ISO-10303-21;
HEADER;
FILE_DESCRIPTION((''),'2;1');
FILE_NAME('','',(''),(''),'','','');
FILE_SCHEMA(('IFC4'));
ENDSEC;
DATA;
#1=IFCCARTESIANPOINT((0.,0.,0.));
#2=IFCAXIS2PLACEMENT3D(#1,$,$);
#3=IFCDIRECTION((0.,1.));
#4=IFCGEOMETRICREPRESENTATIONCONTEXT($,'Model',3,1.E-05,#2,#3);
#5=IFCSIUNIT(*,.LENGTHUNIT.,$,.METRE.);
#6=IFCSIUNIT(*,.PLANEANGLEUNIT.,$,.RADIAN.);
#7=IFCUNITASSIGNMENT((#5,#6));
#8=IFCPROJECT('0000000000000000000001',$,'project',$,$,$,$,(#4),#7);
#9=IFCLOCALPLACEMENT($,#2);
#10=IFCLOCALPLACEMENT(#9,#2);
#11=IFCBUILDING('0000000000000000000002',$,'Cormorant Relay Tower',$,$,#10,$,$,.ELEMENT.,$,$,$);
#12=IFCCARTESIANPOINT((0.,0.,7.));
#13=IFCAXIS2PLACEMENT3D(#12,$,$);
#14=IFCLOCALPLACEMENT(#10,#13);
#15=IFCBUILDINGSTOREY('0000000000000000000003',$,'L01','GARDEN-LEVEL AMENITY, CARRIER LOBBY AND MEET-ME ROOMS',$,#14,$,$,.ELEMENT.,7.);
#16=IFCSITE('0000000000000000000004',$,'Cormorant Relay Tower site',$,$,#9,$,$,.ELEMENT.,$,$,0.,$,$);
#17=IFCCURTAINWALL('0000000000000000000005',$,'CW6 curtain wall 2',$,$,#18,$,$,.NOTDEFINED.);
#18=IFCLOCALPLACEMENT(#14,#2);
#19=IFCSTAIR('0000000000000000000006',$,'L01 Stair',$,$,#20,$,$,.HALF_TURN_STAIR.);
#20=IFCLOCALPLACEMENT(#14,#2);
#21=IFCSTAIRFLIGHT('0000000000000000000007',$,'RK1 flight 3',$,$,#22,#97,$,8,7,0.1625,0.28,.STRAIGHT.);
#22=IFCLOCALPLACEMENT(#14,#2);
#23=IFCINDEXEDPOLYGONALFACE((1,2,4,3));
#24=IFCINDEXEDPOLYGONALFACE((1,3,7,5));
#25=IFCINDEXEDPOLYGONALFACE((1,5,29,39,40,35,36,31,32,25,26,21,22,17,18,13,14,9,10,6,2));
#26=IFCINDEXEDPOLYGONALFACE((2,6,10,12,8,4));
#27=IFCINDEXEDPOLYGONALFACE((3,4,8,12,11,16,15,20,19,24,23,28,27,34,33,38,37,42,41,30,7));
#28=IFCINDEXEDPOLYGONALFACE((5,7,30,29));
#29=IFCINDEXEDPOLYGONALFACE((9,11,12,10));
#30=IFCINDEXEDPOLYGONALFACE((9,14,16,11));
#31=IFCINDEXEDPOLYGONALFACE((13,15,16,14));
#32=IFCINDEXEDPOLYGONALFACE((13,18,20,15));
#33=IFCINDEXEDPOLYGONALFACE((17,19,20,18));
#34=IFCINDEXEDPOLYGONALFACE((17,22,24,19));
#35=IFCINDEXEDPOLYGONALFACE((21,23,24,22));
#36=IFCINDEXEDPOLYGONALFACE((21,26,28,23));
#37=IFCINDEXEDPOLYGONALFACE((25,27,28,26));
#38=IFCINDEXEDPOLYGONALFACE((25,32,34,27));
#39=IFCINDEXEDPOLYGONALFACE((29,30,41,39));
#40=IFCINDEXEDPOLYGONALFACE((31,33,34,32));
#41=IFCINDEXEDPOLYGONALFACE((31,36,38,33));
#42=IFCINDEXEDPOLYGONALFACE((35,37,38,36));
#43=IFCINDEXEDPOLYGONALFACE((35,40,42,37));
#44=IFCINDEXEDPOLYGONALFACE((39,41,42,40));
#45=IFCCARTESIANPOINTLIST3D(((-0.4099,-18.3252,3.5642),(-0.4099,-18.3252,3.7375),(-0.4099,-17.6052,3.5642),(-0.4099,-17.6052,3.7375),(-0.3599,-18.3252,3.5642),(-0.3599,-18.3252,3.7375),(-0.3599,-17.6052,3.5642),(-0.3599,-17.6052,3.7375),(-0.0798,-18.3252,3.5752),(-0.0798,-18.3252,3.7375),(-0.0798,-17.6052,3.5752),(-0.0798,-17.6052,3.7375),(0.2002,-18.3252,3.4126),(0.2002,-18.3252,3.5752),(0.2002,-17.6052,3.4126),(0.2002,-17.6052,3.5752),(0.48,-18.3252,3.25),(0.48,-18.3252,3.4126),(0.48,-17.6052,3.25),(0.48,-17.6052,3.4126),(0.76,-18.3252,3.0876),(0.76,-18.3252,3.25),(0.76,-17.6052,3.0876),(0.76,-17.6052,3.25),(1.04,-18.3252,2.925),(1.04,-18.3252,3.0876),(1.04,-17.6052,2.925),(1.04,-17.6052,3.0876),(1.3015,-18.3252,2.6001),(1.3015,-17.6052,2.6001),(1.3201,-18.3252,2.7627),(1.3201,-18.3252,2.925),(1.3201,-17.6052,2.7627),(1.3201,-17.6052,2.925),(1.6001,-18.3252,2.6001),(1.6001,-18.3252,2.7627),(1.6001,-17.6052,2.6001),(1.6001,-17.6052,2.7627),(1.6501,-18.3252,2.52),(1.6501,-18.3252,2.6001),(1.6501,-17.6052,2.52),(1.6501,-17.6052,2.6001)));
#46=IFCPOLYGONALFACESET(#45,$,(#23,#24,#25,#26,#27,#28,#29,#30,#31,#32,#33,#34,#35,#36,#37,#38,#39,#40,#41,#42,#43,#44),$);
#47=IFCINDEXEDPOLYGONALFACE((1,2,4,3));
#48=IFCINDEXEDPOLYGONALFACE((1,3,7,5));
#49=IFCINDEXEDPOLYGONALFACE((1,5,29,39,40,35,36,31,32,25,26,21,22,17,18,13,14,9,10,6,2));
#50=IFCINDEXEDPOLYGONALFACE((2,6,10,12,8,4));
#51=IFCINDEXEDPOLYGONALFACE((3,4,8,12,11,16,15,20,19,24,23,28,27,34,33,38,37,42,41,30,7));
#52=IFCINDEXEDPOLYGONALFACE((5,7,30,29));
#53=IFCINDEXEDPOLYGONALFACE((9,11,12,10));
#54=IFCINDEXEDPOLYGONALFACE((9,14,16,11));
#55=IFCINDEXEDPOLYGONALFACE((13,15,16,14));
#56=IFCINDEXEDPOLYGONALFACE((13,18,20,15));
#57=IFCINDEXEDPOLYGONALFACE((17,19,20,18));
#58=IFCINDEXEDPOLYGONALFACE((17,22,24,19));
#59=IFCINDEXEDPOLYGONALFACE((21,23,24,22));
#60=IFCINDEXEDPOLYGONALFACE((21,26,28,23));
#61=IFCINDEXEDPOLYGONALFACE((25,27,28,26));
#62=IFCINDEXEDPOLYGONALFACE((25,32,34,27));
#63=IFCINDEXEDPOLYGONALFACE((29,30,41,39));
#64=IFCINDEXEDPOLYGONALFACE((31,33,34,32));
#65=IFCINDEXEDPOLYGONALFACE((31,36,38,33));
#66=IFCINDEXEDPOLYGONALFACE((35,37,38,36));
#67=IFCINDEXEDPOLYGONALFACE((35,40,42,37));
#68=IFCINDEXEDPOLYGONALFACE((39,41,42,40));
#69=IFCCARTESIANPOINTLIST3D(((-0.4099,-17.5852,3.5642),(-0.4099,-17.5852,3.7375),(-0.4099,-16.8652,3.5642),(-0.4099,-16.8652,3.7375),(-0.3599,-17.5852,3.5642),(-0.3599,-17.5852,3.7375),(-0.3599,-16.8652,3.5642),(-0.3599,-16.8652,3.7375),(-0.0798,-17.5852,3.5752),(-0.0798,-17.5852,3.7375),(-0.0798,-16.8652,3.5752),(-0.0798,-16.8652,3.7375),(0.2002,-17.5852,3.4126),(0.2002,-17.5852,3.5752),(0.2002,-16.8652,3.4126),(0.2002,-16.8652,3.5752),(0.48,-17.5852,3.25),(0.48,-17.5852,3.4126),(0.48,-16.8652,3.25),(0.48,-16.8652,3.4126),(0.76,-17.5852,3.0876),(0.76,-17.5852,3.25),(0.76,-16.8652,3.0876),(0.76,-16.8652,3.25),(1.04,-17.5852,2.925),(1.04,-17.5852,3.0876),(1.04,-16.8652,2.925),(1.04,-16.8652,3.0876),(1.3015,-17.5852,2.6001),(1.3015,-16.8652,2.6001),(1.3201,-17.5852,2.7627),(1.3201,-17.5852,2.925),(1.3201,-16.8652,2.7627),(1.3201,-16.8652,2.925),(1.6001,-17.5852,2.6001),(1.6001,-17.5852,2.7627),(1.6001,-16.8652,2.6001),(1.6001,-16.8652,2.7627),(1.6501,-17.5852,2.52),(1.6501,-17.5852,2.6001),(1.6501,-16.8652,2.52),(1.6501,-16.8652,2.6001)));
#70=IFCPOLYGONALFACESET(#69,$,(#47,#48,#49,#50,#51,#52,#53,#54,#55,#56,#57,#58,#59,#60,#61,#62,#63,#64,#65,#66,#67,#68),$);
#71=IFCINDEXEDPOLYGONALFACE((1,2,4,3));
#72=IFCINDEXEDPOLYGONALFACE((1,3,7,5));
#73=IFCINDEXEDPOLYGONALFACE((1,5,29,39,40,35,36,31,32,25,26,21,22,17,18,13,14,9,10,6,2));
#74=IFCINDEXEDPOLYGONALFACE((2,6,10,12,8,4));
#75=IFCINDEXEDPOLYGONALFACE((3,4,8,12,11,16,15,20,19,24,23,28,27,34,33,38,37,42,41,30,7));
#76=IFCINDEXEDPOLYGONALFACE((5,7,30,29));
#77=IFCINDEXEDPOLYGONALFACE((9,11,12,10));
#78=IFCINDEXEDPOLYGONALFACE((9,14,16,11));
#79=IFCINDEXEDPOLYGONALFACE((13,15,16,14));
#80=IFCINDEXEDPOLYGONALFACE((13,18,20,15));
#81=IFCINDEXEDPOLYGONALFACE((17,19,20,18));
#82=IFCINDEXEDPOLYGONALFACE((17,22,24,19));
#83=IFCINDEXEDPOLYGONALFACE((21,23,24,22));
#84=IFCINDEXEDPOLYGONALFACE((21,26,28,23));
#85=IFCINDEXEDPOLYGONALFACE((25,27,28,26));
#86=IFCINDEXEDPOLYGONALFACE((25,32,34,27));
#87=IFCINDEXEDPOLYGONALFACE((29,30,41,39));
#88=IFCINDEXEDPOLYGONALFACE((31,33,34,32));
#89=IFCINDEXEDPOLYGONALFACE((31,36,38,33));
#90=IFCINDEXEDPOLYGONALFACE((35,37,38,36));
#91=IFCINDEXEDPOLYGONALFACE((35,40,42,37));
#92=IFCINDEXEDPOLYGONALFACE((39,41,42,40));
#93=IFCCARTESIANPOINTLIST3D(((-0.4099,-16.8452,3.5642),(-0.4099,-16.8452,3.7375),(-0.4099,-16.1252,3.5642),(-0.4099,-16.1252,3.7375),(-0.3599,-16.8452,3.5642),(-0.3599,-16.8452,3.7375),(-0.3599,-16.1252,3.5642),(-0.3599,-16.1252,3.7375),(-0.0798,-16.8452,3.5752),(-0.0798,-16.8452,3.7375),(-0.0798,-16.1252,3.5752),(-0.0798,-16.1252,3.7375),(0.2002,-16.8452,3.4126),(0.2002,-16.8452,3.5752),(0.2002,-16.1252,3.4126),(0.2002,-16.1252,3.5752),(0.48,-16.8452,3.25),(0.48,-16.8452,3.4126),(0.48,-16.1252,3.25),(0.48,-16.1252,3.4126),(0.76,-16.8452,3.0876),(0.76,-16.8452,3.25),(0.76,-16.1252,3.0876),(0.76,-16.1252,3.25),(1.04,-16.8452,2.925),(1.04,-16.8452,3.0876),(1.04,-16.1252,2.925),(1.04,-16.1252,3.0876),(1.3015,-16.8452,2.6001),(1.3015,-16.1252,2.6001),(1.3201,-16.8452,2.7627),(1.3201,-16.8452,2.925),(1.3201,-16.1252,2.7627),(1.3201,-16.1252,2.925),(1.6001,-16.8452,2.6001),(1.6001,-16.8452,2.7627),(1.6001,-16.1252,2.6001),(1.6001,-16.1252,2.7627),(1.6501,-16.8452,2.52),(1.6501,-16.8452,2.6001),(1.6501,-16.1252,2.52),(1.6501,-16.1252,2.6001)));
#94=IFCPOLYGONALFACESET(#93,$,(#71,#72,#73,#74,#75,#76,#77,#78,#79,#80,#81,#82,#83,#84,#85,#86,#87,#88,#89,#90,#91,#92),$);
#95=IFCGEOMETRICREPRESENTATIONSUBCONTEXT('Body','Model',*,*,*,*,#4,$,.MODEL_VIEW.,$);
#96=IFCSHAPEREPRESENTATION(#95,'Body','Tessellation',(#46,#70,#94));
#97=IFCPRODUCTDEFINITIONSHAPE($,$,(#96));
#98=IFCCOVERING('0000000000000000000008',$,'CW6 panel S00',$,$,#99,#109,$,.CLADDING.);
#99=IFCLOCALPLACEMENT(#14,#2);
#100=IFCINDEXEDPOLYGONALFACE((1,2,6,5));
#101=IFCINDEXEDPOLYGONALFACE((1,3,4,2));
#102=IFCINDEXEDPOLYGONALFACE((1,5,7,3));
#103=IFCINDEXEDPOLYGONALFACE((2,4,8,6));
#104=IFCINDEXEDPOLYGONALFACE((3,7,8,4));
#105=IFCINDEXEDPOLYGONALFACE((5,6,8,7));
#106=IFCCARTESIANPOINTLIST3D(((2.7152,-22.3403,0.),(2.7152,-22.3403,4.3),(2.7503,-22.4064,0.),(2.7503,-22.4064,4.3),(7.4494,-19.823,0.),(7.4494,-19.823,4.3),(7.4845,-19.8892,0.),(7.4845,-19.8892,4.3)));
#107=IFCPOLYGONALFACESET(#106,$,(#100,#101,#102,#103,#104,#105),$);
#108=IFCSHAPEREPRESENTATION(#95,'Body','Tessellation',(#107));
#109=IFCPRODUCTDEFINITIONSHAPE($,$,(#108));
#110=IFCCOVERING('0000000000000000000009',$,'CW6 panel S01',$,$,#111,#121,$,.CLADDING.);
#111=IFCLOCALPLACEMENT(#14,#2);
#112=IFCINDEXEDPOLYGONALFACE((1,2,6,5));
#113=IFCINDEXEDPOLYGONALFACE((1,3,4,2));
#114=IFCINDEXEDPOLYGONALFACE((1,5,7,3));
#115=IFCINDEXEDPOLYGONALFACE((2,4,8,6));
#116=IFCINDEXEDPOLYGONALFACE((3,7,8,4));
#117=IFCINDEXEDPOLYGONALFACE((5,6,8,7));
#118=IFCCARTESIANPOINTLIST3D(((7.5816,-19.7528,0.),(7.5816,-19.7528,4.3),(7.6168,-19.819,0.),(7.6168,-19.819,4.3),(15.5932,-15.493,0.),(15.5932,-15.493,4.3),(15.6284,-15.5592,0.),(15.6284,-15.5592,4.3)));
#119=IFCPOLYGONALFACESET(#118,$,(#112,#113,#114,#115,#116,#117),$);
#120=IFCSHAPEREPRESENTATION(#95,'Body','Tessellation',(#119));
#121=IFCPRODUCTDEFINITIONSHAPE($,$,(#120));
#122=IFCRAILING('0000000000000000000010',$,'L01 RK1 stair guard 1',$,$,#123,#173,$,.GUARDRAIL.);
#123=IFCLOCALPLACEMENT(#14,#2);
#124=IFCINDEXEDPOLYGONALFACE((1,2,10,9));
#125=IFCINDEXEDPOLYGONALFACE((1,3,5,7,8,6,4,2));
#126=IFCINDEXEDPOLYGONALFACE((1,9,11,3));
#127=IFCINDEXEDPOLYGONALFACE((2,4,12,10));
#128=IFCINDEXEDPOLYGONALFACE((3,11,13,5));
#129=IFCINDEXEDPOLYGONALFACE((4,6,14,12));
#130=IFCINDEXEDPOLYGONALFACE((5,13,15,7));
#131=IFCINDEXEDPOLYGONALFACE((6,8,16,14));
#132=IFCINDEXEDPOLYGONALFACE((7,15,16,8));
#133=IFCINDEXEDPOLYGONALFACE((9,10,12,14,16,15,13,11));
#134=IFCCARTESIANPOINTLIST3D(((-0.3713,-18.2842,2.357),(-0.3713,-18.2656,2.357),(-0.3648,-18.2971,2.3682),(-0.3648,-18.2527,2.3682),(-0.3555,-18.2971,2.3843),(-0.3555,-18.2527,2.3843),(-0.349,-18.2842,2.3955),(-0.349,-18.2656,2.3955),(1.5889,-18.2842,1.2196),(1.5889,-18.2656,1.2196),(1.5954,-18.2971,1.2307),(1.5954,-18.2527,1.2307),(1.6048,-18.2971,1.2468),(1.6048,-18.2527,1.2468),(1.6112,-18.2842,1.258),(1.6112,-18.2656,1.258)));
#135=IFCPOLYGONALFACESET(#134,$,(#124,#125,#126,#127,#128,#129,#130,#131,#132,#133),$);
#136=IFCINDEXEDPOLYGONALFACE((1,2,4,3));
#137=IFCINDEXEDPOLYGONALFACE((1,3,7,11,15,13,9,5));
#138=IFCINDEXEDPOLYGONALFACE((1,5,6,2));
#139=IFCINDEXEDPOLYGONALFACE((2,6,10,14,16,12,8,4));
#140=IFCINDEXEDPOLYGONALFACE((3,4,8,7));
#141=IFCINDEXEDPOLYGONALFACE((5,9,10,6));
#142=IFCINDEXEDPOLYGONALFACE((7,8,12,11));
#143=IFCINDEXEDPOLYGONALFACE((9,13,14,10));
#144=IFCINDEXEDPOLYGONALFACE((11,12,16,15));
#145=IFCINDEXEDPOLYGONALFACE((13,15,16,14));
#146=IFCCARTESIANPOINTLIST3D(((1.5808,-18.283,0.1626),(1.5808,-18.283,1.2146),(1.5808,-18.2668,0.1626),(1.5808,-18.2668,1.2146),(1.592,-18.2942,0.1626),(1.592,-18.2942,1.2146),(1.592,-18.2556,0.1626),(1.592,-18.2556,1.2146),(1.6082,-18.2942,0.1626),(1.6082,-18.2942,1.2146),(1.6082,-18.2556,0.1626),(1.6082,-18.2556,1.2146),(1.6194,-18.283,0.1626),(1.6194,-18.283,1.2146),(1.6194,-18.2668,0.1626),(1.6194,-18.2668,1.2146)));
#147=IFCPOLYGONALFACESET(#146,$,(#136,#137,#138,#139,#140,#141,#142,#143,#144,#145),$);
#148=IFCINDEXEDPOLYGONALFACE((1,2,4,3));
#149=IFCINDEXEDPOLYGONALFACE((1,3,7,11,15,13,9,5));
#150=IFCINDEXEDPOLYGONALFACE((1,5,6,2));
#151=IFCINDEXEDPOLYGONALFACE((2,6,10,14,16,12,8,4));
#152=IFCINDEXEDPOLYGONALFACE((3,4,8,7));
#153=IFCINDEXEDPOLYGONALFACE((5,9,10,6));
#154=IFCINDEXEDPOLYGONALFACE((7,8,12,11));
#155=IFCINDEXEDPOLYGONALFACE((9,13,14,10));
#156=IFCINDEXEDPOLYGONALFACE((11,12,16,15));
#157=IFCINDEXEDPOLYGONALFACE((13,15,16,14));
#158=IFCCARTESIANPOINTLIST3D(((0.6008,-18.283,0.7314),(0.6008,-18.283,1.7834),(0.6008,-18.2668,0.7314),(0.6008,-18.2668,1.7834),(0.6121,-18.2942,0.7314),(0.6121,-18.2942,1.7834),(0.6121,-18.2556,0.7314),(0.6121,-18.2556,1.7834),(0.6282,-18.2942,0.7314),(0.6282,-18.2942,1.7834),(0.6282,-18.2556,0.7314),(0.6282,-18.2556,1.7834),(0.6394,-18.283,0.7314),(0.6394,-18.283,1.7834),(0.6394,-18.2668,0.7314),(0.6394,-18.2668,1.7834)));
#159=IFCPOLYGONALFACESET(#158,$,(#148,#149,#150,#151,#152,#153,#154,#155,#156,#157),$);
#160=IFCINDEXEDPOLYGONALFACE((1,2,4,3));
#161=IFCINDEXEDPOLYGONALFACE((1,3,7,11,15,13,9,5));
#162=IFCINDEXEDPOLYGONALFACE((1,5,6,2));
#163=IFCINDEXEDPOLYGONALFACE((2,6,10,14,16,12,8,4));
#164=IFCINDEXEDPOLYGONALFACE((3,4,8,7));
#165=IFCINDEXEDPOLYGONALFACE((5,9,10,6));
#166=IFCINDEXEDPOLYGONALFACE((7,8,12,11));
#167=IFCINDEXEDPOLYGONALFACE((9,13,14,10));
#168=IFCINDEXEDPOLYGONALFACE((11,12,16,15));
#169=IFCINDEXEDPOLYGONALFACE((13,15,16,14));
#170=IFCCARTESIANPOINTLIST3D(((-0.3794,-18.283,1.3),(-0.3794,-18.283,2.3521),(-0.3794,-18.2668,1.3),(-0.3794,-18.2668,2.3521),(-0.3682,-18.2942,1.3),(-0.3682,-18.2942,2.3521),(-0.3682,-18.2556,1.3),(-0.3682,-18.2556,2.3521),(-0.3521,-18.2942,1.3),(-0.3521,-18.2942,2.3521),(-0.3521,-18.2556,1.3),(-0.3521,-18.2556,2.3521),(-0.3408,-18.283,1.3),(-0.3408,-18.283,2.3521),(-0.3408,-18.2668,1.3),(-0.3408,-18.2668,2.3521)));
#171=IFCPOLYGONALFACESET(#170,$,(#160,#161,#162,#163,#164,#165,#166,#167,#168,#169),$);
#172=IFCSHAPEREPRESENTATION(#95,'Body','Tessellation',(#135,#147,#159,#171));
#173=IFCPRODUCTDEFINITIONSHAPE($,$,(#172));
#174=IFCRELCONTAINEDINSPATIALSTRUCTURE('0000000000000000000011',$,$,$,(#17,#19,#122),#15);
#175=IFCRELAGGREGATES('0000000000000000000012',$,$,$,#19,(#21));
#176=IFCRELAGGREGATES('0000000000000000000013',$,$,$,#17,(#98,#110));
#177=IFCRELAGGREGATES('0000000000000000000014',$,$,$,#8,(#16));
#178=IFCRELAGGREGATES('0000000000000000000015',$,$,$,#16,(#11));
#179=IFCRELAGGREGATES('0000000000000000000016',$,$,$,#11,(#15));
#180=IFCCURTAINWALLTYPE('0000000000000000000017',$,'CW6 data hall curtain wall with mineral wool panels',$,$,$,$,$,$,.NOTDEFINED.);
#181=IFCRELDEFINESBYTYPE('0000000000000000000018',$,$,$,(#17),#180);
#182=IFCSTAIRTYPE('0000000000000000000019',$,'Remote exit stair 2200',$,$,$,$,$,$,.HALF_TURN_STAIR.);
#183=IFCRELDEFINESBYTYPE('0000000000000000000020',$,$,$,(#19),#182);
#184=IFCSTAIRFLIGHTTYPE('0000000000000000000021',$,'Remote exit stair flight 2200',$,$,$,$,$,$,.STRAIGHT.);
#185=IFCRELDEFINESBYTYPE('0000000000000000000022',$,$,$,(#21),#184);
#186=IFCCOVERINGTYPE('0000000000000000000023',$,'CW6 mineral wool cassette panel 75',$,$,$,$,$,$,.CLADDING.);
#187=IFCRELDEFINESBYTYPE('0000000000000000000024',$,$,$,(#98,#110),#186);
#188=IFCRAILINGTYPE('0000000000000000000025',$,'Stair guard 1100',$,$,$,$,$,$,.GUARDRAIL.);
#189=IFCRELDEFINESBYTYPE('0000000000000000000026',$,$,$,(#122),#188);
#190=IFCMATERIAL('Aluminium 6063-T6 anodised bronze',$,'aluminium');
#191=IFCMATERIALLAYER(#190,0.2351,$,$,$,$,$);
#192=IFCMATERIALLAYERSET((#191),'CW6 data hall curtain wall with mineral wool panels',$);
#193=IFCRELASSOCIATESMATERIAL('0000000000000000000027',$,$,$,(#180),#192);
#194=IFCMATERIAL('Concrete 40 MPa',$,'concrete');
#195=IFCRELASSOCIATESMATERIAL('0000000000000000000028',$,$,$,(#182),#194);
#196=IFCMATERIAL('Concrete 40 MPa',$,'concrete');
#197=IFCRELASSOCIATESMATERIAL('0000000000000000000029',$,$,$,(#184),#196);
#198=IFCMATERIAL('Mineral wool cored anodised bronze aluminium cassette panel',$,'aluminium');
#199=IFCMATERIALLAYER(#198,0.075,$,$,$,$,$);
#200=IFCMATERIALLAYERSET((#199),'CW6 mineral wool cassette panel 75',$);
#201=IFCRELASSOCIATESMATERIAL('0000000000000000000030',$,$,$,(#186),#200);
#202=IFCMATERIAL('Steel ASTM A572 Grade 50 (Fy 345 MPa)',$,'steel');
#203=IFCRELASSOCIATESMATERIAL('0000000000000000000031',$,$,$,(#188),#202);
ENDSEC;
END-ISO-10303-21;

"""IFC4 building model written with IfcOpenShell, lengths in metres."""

from ifc_helpers import new_model, si_unit, direction, frame, origin, origin_2d, place, context, subcontext, project, spatial, polyline, rectangle, outline, extrude, material, layer, layer_set, type_object, element, aggregate, save


model = new_model("IFC4")

# Units and contexts
model_context = context("Model", 3, precision=1e-05, world=origin(), true_north=direction((0.0, 1.0)))
body_context = subcontext(model_context, "Body", "Model", "MODEL_VIEW")
ifc_project = project(units=[si_unit("LENGTHUNIT", "METRE"), si_unit("PLANEANGLEUNIT", "RADIAN")], contexts=[model_context])

# Site, building, storey
site_placement = place(None, origin())
site = spatial("IfcSite", under=ifc_project, at=site_placement, Name="Cormorant Relay Tower site", CompositionType="ELEMENT", RefElevation=0.0)
building_placement = place(site_placement, origin())
building = spatial("IfcBuilding", under=site, at=building_placement, Name="Cormorant Relay Tower", CompositionType="ELEMENT")
storey_placement = place(building_placement, frame((0.0, 0.0, 7.0)))
storey = spatial("IfcBuildingStorey", under=building, at=storey_placement, Name="L01", Description="GARDEN-LEVEL AMENITY, CARRIER LOBBY AND MEET-ME ROOMS", CompositionType="ELEMENT", Elevation=7.0)

# Curtain wall
ifc_material_1 = material(Name="Aluminium 6063-T6 anodised bronze", Category="aluminium")
ifc_layer_1 = layer(ifc_material_1, 0.2351)
ifc_layer_set_1 = layer_set([ifc_layer_1], Name="CW6 data hall curtain wall with mineral wool panels")
curtain_wall_type = type_object("IfcCurtainWallType", Name="CW6 data hall curtain wall with mineral wool panels", PredefinedType="NOTDEFINED", material=ifc_layer_set_1)
curtain_wall_1_placement = place(storey_placement, origin())
curtain_wall_1 = element("IfcCurtainWall", 1, at=curtain_wall_1_placement, inside=storey, type_object=curtain_wall_type, Name="CW6 curtain wall 2", PredefinedType="NOTDEFINED")

# Stair, stair flight
ifc_material_2 = material(Name="Concrete 40 MPa", Category="concrete")
stair_type = type_object("IfcStairType", Name="Remote exit stair 2200", PredefinedType="HALF_TURN_STAIR", material=ifc_material_2)
stair_placement = place(storey_placement, origin())
stair = element("IfcStair", 2, at=stair_placement, inside=storey, type_object=stair_type, Name="L01 Stair", PredefinedType="HALF_TURN_STAIR")
ifc_material_3 = material(Name="Concrete 40 MPa", Category="concrete")
stair_flight_type = type_object("IfcStairFlightType", Name="Remote exit stair flight 2200", PredefinedType="STRAIGHT", material=ifc_material_3)
stair_flight_1_placement = place(storey_placement, frame((1.6001, -17.2251, 2.6001), z_axis=(0.0, 0.0, 1.0), x_axis=(-1.0, 0.0, 0.0)))
stair_flight_1 = element("IfcStairFlight", 3, at=stair_flight_1_placement, type_object=stair_flight_type, Name="RK1 flight 3", NumberOfRisers=8, NumberOfTreads=7, PredefinedType="STRAIGHT", RiserHeight=0.1625, TreadLength=0.28, context=body_context, shape_type="SweptSolid", body=[
    extrude(outline(polyline([(-0.05, -0.0801), (-0.05, 0.0), (0.0, 0.0), (0.0, 0.1626), (0.28, 0.1626), (0.28, 0.325), (0.5601, 0.325), (0.5601, 0.4875), (0.8401, 0.4875), (0.8401, 0.6499), (1.1201, 0.6499), (1.1201, 0.8125), (1.3999, 0.8125), (1.3999, 0.9751), (1.6799, 0.9751), (1.6799, 1.1375), (1.96, 1.1375), (2.01, 1.1375), (2.01, 0.9641), (1.96, 0.9641), (0.2986, 0.0), (-0.05, -0.0801)])), frame((0.0, 1.1001, 0.0), z_axis=(0.0, -1.0, 0.0), x_axis=(1.0, 0.0, 0.0)), (0.0, 0.0, 1.0), 0.72),
    extrude(outline(polyline([(-0.05, -0.0801), (-0.05, 0.0), (0.0, 0.0), (0.0, 0.1626), (0.28, 0.1626), (0.28, 0.325), (0.5601, 0.325), (0.5601, 0.4875), (0.8401, 0.4875), (0.8401, 0.6499), (1.1201, 0.6499), (1.1201, 0.8125), (1.3999, 0.8125), (1.3999, 0.9751), (1.6799, 0.9751), (1.6799, 1.1375), (1.96, 1.1375), (2.01, 1.1375), (2.01, 0.9641), (1.96, 0.9641), (0.2986, 0.0), (-0.05, -0.0801)])), frame((0.0, 0.3601, 0.0), z_axis=(0.0, -1.0, 0.0), x_axis=(1.0, 0.0, 0.0)), (0.0, 0.0, 1.0), 0.72),
    extrude(outline(polyline([(-0.05, -0.0801), (-0.05, 0.0), (0.0, 0.0), (0.0, 0.1626), (0.28, 0.1626), (0.28, 0.325), (0.5601, 0.325), (0.5601, 0.4875), (0.8401, 0.4875), (0.8401, 0.6499), (1.1201, 0.6499), (1.1201, 0.8125), (1.3999, 0.8125), (1.3999, 0.9751), (1.6799, 0.9751), (1.6799, 1.1375), (1.96, 1.1375), (2.01, 1.1375), (2.01, 0.9641), (1.96, 0.9641), (0.2986, 0.0), (-0.05, -0.0801)])), frame((0.0, -0.3799, 0.0), z_axis=(0.0, -1.0, 0.0), x_axis=(1.0, 0.0, 0.0)), (0.0, 0.0, 1.0), 0.72),
])
aggregate(stair, [stair_flight_1])

# Coverings
ifc_material_4 = material(Name="Mineral wool cored anodised bronze aluminium cassette panel", Category="aluminium")
ifc_layer_2 = layer(ifc_material_4, 0.075)
ifc_layer_set_2 = layer_set([ifc_layer_2], Name="CW6 mineral wool cassette panel 75")
covering_type = type_object("IfcCoveringType", Name="CW6 mineral wool cassette panel 75", PredefinedType="CLADDING", material=ifc_layer_set_2)
covering_1_placement = place(storey_placement, frame((5.0999, -21.1147, 0.0), z_axis=(0.0, 0.0, 1.0), x_axis=(0.882948, 0.469472, 0.0)))
covering_1 = element("IfcCovering", 4, at=covering_1_placement, type_object=covering_type, Name="CW6 panel S00", PredefinedType="CLADDING", context=body_context, shape_type="SweptSolid", body=[
    extrude(rectangle(XDim=5.3618, YDim=0.075, at=origin_2d()), origin(), (0.0, 0.0, 1.0), 4.3),
])
covering_2_placement = place(storey_placement, frame((11.605, -17.656, 0.0), z_axis=(0.0, 0.0, 1.0), x_axis=(0.882948, 0.469472, 0.0)))
covering_2 = element("IfcCovering", 5, at=covering_2_placement, type_object=covering_type, Name="CW6 panel S01", PredefinedType="CLADDING", context=body_context, shape_type="SweptSolid", body=[
    extrude(rectangle(XDim=9.0737, YDim=0.075, at=origin_2d()), origin(), (0.0, 0.0, 1.0), 4.3),
])
aggregate(curtain_wall_1, [covering_1, covering_2])

# Railing
ifc_material_5 = material(Name="Steel ASTM A572 Grade 50 (Fy 345 MPa)", Category="steel")
railing_type_1 = type_object("IfcRailingType", Name="Stair guard 1100", PredefinedType="GUARDRAIL", material=ifc_material_5)
railing_1_placement = place(storey_placement, frame((1.6001, -18.2749, 0.1626)))
element("IfcRailing", 6, at=railing_1_placement, inside=storey, type_object=railing_type_1, Name="L01 RK1 stair guard 1", PredefinedType="GUARDRAIL", context=body_context, shape_type="SweptSolid", body=[
    extrude(outline(polyline([(0.0222, 0.0093), (0.0093, 0.0222), (-0.0093, 0.0222), (-0.0222, 0.0093), (-0.0222, -0.0093), (-0.0093, -0.0222), (0.0093, -0.0222), (0.0222, -0.0093), (0.0222, 0.0093)])), frame((0.0, 0.0, 1.0762), z_axis=(-0.864929, 0.0, 0.501894), x_axis=(0.0, -1.0, 0.0)), (0.0, 0.0, 1.0), 2.2664),
    extrude(outline(polyline([(0.0193, 0.0081), (0.0081, 0.0193), (-0.0081, 0.0193), (-0.0193, 0.0081), (-0.0193, -0.0081), (-0.0081, -0.0193), (0.0081, -0.0193), (0.0193, -0.0081), (0.0193, 0.0081)])), origin(), (0.0, 0.0, 1.0), 1.052),
    extrude(outline(polyline([(0.0193, 0.0081), (0.0081, 0.0193), (-0.0081, 0.0193), (-0.0193, 0.0081), (-0.0193, -0.0081), (-0.0081, -0.0193), (0.0081, -0.0193), (0.0193, -0.0081), (0.0193, 0.0081)])), frame((-0.98, 0.0, 0.5688)), (0.0, 0.0, 1.0), 1.052),
    extrude(outline(polyline([(0.0193, 0.0081), (0.0081, 0.0193), (-0.0081, 0.0193), (-0.0193, 0.0081), (-0.0193, -0.0081), (-0.0081, -0.0193), (0.0081, -0.0193), (0.0193, -0.0081), (0.0193, 0.0081)])), frame((-1.9602, 0.0, 1.1375)), (0.0, 0.0, 1.0), 1.052),
])

save(model, "model.ifc")
